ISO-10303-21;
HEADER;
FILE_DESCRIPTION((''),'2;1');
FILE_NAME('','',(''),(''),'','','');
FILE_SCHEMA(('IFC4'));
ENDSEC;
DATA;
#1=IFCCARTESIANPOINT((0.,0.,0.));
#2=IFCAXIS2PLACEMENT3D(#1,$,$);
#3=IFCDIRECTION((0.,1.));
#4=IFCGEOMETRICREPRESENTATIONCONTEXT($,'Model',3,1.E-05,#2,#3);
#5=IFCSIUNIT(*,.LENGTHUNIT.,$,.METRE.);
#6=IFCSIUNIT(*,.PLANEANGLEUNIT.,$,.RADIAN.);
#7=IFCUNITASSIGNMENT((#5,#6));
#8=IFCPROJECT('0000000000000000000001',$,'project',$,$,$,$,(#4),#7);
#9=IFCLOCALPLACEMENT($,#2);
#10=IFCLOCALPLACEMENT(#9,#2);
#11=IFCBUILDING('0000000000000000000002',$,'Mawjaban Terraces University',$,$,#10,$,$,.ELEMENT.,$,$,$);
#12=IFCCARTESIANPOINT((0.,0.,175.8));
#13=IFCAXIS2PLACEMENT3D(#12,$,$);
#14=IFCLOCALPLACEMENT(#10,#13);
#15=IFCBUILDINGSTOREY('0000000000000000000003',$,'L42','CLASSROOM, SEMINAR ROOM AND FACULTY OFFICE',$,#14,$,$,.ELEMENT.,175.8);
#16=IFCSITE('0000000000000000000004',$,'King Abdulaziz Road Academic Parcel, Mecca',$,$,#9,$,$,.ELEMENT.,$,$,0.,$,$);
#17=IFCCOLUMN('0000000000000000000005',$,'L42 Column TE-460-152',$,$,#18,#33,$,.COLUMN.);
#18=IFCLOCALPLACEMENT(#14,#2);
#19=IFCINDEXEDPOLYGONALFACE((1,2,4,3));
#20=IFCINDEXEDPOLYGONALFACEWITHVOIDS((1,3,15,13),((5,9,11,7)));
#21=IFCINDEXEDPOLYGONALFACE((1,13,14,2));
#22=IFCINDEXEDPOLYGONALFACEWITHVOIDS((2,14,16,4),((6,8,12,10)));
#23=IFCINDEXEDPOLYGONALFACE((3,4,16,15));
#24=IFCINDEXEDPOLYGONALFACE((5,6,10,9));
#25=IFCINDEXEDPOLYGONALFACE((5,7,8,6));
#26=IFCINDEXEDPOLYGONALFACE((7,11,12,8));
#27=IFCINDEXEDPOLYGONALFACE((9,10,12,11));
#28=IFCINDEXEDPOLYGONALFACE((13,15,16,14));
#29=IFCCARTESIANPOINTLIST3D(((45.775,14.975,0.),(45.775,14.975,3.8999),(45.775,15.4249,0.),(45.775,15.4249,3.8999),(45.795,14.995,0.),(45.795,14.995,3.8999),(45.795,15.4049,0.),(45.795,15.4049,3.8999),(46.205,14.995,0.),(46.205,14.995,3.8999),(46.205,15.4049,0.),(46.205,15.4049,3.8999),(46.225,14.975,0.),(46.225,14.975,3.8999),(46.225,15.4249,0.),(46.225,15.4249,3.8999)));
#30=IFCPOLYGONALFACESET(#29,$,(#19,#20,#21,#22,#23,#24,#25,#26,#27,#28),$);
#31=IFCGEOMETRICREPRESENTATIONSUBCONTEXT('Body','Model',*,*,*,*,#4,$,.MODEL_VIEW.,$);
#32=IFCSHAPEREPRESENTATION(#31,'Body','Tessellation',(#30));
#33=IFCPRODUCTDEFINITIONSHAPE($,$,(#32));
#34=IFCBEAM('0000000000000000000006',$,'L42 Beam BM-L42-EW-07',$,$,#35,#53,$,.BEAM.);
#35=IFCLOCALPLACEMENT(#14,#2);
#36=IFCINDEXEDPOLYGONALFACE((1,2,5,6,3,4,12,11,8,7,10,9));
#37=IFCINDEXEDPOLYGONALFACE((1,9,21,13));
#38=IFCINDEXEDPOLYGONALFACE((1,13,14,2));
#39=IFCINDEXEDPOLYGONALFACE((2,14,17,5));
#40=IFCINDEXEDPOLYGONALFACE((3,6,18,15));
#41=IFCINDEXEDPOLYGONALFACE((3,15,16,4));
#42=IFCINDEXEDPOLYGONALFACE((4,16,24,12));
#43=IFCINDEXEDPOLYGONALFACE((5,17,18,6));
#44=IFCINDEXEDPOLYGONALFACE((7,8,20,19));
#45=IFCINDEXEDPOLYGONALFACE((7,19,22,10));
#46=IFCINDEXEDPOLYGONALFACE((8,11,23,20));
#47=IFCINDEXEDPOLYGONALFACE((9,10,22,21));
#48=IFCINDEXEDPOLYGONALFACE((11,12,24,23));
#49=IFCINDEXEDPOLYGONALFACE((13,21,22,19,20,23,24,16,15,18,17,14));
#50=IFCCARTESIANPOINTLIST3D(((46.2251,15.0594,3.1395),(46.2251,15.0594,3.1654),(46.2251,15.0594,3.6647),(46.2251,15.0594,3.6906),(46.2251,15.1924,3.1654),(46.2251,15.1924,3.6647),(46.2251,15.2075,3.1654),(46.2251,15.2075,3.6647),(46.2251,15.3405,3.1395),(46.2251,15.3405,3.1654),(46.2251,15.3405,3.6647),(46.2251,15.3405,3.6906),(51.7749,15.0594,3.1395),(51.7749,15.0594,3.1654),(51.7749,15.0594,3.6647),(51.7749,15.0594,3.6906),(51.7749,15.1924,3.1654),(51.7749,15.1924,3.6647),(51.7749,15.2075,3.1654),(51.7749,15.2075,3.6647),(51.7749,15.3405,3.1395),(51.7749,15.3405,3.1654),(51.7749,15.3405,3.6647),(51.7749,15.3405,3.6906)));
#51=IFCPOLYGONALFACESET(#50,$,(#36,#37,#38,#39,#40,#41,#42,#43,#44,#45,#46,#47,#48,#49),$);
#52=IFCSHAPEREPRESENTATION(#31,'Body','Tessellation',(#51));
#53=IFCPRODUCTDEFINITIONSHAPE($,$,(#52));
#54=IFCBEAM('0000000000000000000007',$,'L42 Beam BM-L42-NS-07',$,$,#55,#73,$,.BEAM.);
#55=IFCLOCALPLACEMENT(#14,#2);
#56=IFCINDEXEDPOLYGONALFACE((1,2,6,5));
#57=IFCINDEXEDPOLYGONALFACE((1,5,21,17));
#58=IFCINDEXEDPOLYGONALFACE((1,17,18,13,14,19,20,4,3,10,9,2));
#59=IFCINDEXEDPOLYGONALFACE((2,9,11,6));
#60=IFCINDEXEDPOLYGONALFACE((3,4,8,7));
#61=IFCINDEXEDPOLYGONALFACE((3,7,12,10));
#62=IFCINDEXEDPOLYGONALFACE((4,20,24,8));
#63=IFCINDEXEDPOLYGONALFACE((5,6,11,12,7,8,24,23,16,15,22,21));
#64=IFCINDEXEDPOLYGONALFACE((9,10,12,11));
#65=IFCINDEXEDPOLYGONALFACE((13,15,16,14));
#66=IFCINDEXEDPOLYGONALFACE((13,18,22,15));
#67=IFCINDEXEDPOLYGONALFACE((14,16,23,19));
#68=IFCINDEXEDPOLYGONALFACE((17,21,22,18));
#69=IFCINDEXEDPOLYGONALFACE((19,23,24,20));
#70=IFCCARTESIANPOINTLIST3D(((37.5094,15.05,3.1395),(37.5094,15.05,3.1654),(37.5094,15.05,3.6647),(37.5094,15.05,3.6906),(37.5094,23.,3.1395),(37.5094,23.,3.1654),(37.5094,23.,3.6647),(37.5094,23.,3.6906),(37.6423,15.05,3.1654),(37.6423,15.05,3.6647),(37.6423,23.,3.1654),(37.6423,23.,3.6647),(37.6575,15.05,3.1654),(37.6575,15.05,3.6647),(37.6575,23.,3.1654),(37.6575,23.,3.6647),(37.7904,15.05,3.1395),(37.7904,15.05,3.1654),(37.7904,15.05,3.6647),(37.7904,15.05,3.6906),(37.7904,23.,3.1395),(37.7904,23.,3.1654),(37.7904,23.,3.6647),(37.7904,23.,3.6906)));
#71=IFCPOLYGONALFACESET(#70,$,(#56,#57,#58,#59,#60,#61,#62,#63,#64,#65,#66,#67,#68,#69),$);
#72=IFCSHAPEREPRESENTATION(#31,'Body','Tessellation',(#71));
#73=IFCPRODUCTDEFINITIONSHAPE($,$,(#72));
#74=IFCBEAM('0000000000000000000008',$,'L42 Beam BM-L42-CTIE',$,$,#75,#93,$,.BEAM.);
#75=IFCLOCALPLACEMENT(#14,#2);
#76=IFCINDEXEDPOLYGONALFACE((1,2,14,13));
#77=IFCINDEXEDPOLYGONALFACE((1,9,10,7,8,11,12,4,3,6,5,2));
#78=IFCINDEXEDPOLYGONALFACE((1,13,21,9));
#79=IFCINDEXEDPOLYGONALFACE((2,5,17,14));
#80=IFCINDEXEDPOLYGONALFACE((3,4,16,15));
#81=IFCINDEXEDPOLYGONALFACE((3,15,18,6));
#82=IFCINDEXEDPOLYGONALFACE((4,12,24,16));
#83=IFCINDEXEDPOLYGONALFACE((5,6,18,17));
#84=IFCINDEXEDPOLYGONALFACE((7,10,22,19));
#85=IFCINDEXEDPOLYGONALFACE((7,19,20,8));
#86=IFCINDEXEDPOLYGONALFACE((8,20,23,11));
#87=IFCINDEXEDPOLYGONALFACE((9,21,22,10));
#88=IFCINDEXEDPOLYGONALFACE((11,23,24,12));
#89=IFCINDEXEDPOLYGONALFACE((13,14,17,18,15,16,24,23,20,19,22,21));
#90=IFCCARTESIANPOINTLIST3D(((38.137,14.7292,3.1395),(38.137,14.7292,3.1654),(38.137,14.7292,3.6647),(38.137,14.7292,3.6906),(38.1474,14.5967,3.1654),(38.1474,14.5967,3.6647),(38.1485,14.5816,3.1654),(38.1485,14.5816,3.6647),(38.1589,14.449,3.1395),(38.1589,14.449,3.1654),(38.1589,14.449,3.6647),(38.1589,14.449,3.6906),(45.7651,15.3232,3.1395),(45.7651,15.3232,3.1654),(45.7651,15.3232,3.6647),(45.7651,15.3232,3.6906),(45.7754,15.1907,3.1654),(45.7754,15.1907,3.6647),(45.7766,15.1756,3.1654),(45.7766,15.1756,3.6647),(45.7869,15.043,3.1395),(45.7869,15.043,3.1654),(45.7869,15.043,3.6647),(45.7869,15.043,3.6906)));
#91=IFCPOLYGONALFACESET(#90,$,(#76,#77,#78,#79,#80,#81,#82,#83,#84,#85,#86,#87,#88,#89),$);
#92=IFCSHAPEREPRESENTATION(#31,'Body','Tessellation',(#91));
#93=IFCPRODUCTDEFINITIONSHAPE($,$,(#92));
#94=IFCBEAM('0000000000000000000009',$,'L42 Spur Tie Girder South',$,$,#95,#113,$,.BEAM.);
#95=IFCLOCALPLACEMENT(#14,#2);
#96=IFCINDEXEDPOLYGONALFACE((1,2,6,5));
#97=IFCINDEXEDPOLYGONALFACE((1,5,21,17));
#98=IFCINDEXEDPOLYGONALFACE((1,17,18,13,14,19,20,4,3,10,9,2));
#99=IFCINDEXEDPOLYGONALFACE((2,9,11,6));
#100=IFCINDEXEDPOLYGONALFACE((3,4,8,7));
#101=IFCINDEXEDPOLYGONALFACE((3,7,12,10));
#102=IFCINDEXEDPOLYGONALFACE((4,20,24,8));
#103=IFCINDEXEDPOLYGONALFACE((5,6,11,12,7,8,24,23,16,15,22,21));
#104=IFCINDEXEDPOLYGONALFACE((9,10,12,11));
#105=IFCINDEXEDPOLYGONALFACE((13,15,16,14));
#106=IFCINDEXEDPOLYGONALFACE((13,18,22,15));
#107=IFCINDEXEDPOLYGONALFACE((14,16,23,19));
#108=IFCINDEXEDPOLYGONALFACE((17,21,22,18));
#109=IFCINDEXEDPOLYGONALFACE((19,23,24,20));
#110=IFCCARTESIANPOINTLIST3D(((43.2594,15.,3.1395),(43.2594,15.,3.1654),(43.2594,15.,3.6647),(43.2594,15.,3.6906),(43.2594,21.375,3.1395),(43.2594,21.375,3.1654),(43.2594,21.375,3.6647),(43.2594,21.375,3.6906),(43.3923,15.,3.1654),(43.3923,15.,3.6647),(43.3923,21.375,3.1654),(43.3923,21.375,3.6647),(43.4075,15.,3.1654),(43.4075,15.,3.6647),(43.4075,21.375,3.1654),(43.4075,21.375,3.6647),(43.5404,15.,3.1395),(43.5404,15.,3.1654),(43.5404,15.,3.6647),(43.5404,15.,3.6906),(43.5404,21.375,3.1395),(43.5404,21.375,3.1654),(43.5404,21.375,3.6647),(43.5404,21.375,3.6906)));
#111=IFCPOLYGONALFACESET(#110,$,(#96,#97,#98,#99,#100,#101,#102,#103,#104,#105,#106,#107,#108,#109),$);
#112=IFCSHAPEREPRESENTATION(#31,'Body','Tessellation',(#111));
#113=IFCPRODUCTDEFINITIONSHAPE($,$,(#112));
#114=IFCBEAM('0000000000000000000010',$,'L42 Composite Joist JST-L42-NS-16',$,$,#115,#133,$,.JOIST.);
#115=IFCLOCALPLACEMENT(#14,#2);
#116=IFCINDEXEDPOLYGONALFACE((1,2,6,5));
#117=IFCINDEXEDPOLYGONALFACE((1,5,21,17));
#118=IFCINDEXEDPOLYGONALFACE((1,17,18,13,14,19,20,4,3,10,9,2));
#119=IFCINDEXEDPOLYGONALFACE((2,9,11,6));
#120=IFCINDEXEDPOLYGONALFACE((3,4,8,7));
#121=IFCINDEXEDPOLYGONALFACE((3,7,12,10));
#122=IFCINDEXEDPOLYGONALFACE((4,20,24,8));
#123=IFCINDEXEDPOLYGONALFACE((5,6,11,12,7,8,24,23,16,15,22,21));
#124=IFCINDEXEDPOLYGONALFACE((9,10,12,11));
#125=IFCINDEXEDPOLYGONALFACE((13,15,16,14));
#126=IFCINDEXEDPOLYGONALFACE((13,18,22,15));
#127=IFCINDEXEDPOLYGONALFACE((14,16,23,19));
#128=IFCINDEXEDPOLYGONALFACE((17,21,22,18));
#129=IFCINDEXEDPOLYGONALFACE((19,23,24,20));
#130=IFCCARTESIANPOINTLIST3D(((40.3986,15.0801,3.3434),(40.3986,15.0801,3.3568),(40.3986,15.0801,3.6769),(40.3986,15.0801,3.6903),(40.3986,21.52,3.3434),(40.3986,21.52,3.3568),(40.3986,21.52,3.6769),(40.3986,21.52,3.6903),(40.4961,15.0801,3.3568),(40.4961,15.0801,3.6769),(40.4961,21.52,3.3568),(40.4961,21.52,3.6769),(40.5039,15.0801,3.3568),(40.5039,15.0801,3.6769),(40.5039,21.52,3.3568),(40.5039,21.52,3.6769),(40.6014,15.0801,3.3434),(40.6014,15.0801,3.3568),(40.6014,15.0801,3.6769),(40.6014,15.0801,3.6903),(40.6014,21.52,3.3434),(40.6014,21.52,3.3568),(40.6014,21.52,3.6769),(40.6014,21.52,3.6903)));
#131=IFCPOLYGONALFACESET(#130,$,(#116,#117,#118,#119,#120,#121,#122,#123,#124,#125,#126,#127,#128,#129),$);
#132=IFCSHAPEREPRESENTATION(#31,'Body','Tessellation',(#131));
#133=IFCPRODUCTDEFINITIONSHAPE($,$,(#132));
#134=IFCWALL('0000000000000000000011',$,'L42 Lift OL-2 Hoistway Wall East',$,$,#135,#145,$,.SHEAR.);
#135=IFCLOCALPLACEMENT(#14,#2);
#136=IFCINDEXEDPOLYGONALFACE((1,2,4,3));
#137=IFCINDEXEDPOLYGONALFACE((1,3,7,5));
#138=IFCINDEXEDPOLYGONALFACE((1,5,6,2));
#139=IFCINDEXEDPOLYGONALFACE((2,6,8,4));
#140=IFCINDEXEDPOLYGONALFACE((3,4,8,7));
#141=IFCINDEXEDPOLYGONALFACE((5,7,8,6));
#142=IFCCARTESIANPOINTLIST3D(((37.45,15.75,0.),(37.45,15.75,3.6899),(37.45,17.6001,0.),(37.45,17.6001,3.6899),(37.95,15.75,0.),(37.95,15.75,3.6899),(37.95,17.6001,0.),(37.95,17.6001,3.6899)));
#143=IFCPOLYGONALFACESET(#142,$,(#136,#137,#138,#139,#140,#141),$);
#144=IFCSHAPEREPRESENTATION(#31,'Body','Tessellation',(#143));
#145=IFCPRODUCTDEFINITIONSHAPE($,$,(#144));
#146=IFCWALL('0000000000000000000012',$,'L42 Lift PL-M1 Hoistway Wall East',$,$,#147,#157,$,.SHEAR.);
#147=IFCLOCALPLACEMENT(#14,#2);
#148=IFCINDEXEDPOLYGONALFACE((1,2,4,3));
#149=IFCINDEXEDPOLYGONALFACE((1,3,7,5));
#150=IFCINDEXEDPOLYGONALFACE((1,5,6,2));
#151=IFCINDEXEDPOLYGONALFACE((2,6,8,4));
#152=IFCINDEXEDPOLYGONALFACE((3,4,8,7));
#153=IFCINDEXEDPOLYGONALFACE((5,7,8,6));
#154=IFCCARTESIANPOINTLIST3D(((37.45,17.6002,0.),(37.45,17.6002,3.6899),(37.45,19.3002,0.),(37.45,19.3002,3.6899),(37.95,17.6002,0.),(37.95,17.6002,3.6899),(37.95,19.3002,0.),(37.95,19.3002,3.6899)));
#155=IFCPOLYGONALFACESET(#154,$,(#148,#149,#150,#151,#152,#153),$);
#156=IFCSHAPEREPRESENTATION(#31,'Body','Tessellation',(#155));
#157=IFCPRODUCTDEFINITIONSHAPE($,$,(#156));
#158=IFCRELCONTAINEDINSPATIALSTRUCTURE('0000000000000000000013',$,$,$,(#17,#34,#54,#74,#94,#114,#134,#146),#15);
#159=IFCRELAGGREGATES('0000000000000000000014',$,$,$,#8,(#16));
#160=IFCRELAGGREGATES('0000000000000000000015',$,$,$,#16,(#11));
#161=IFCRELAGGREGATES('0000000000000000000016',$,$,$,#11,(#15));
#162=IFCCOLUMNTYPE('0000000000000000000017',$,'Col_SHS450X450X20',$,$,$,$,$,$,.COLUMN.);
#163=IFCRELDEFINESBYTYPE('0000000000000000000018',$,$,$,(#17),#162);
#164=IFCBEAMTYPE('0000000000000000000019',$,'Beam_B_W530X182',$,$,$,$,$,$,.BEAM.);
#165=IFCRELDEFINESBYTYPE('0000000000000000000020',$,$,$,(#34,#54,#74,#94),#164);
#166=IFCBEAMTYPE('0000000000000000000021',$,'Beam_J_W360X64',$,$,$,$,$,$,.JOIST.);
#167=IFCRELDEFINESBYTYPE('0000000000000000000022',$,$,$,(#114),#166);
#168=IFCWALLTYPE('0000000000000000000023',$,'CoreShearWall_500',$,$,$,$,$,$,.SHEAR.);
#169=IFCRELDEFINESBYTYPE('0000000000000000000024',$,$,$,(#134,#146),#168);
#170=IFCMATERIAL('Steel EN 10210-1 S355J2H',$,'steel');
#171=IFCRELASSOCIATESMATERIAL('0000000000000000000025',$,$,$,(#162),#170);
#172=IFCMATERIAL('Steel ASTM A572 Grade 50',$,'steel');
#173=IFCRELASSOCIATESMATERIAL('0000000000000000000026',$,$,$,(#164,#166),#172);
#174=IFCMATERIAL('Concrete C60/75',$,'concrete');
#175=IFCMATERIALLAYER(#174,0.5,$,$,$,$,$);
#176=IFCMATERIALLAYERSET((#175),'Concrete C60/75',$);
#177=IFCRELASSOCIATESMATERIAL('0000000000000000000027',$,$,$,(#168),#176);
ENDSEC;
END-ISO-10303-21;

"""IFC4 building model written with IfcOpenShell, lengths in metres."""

from ifc_helpers import new_model, si_unit, direction, frame, frame_2d, origin, origin_2d, place, context, subcontext, project, spatial, rectangle, hollow_rectangle, i_section, extrude, material, layer, layer_set, material_profile, profile_set, type_object, element, save


model = new_model("IFC4")

# Units and contexts
model_context = context("Model", 3, precision=1e-05, world=origin(), true_north=direction((0.0, 1.0)))
body_context = subcontext(model_context, "Body", "Model", "MODEL_VIEW")
ifc_project = project(units=[si_unit("LENGTHUNIT", "METRE"), si_unit("PLANEANGLEUNIT", "RADIAN")], contexts=[model_context])

# Site, building, storey
site_placement = place(None, origin())
site = spatial("IfcSite", under=ifc_project, at=site_placement, Name="King Abdulaziz Road Academic Parcel, Mecca", CompositionType="ELEMENT", RefElevation=0.0)
building_placement = place(site_placement, origin())
building = spatial("IfcBuilding", under=site, at=building_placement, Name="Mawjaban Terraces University", CompositionType="ELEMENT")
storey_placement = place(building_placement, frame((0.0, 0.0, 175.8)))
storey = spatial("IfcBuildingStorey", under=building, at=storey_placement, Name="L42", Description="CLASSROOM, SEMINAR ROOM AND FACULTY OFFICE", CompositionType="ELEMENT", Elevation=175.8)

# Column
ifc_material_1 = material(Name="Steel EN 10210-1 S355J2H", Category="steel")
ifc_material_profile_1 = material_profile(ifc_material_1, hollow_rectangle(XDim=0.45, YDim=0.45, WallThickness=0.02, at=origin_2d()), Name="SHS450X450X20")
ifc_profile_set_1 = profile_set([ifc_material_profile_1], Name="Steel EN 10210-1 S355J2H")
column_type = type_object("IfcColumnType", Name="Col_SHS450X450X20", PredefinedType="COLUMN", material=ifc_profile_set_1)
column_placement = place(storey_placement, frame((46.0, 15.2, 0.0), z_axis=(0.0, 0.0, 1.0), x_axis=(1.0, 0.0, 0.0)))
element("IfcColumn", 1, at=column_placement, inside=storey, type_object=column_type, Name="L42 Column TE-460-152", PredefinedType="COLUMN", context=body_context, shape_type="SweptSolid", body=[
    extrude(hollow_rectangle(XDim=0.45, YDim=0.45, WallThickness=0.02, at=origin_2d()), origin(), (0.0, 0.0, 1.0), 3.8999),
])

# Beams
ifc_material_2 = material(Name="Steel ASTM A572 Grade 50", Category="steel")
ifc_material_profile_2 = material_profile(ifc_material_2, i_section(OverallWidth=0.281, OverallDepth=0.551, WebThickness=0.0151, FlangeThickness=0.0259, at=origin_2d()), Name="W530X182")
ifc_profile_set_2 = profile_set([ifc_material_profile_2], Name="Steel ASTM A572 Grade 50")
beam_type_1 = type_object("IfcBeamType", Name="Beam_B_W530X182", PredefinedType="BEAM", material=ifc_profile_set_2)
beam_1_placement = place(storey_placement, frame((46.2251, 15.2, 3.415), z_axis=(1.0, 0.0, 0.0), x_axis=(0.0, 1.0, 0.0)))
element("IfcBeam", 2, at=beam_1_placement, inside=storey, type_object=beam_type_1, Name="L42 Beam BM-L42-EW-07", PredefinedType="BEAM", context=body_context, shape_type="SweptSolid", body=[
    extrude(i_section(OverallWidth=0.281, OverallDepth=0.551, WebThickness=0.0151, FlangeThickness=0.0259, at=origin_2d()), origin(), (0.0, 0.0, 1.0), 5.5498),
])
beam_2_placement = place(storey_placement, frame((37.6499, 15.05, 3.415), z_axis=(0.0, 1.0, 0.0), x_axis=(-1.0, 0.0, 0.0)))
element("IfcBeam", 3, at=beam_2_placement, inside=storey, type_object=beam_type_1, Name="L42 Beam BM-L42-NS-07", PredefinedType="BEAM", context=body_context, shape_type="SweptSolid", body=[
    extrude(i_section(OverallWidth=0.281, OverallDepth=0.551, WebThickness=0.0151, FlangeThickness=0.0259, at=origin_2d()), origin(), (0.0, 0.0, 1.0), 7.95),
])
beam_3_placement = place(storey_placement, frame((38.1479, 14.5891, 3.415), z_axis=(0.996982, 0.077636, 0.0), x_axis=(-0.077636, 0.996982, 0.0)))
element("IfcBeam", 4, at=beam_3_placement, inside=storey, type_object=beam_type_1, Name="L42 Beam BM-L42-CTIE", PredefinedType="BEAM", context=body_context, shape_type="SweptSolid", body=[
    extrude(i_section(OverallWidth=0.281, OverallDepth=0.551, WebThickness=0.0151, FlangeThickness=0.0259, at=origin_2d()), origin(), (0.0, 0.0, 1.0), 7.6511),
])
beam_4_placement = place(storey_placement, frame((43.3999, 15.0, 3.415), z_axis=(0.0, 1.0, 0.0), x_axis=(-1.0, 0.0, 0.0)))
element("IfcBeam", 5, at=beam_4_placement, inside=storey, type_object=beam_type_1, Name="L42 Spur Tie Girder South", PredefinedType="BEAM", context=body_context, shape_type="SweptSolid", body=[
    extrude(i_section(OverallWidth=0.281, OverallDepth=0.551, WebThickness=0.0151, FlangeThickness=0.0259, at=origin_2d()), origin(), (0.0, 0.0, 1.0), 6.375),
])
ifc_material_profile_3 = material_profile(ifc_material_2, i_section(OverallWidth=0.2029, OverallDepth=0.3469, WebThickness=0.0078, FlangeThickness=0.0134, at=origin_2d()), Name="W360X64")
ifc_profile_set_3 = profile_set([ifc_material_profile_3], Name="Steel ASTM A572 Grade 50")
beam_type_2 = type_object("IfcBeamType", Name="Beam_J_W360X64", PredefinedType="JOIST", material=ifc_profile_set_3)
beam_5_placement = place(storey_placement, frame((40.5, 15.0801, 3.5168), z_axis=(0.0, 1.0, 0.0), x_axis=(-1.0, 0.0, 0.0)))
element("IfcBeam", 6, at=beam_5_placement, inside=storey, type_object=beam_type_2, Name="L42 Composite Joist JST-L42-NS-16", PredefinedType="JOIST", context=body_context, shape_type="SweptSolid", body=[
    extrude(i_section(OverallWidth=0.2029, OverallDepth=0.3469, WebThickness=0.0078, FlangeThickness=0.0134, at=origin_2d()), origin(), (0.0, 0.0, 1.0), 6.4399),
])

# Walls
ifc_material_3 = material(Name="Concrete C60/75", Category="concrete")
ifc_layer_1 = layer(ifc_material_3, 0.5)
ifc_layer_set_1 = layer_set([ifc_layer_1], Name="Concrete C60/75")
wall_type_1 = type_object("IfcWallType", Name="CoreShearWall_500", PredefinedType="SHEAR", material=ifc_layer_set_1)
wall_1_placement = place(storey_placement, frame((37.7, 15.75, 0.0), z_axis=(0.0, 0.0, 1.0), x_axis=(0.0, 1.0, 0.0)))
element("IfcWall", 7, at=wall_1_placement, inside=storey, type_object=wall_type_1, Name="L42 Lift OL-2 Hoistway Wall East", PredefinedType="SHEAR", context=body_context, shape_type="SweptSolid", body=[
    extrude(rectangle(XDim=1.8501, YDim=0.5, at=frame_2d((0.925, 0.0))), origin(), (0.0, 0.0, 1.0), 3.6899),
])
wall_2_placement = place(storey_placement, frame((37.7, 17.6001, 0.0), z_axis=(0.0, 0.0, 1.0), x_axis=(0.0, 1.0, 0.0)))
element("IfcWall", 8, at=wall_2_placement, inside=storey, type_object=wall_type_1, Name="L42 Lift PL-M1 Hoistway Wall East", PredefinedType="SHEAR", context=body_context, shape_type="SweptSolid", body=[
    extrude(rectangle(XDim=1.7, YDim=0.5, at=frame_2d((0.8501, 0.0))), origin(), (0.0, 0.0, 1.0), 3.6899),
])

save(model, "model.ifc")
